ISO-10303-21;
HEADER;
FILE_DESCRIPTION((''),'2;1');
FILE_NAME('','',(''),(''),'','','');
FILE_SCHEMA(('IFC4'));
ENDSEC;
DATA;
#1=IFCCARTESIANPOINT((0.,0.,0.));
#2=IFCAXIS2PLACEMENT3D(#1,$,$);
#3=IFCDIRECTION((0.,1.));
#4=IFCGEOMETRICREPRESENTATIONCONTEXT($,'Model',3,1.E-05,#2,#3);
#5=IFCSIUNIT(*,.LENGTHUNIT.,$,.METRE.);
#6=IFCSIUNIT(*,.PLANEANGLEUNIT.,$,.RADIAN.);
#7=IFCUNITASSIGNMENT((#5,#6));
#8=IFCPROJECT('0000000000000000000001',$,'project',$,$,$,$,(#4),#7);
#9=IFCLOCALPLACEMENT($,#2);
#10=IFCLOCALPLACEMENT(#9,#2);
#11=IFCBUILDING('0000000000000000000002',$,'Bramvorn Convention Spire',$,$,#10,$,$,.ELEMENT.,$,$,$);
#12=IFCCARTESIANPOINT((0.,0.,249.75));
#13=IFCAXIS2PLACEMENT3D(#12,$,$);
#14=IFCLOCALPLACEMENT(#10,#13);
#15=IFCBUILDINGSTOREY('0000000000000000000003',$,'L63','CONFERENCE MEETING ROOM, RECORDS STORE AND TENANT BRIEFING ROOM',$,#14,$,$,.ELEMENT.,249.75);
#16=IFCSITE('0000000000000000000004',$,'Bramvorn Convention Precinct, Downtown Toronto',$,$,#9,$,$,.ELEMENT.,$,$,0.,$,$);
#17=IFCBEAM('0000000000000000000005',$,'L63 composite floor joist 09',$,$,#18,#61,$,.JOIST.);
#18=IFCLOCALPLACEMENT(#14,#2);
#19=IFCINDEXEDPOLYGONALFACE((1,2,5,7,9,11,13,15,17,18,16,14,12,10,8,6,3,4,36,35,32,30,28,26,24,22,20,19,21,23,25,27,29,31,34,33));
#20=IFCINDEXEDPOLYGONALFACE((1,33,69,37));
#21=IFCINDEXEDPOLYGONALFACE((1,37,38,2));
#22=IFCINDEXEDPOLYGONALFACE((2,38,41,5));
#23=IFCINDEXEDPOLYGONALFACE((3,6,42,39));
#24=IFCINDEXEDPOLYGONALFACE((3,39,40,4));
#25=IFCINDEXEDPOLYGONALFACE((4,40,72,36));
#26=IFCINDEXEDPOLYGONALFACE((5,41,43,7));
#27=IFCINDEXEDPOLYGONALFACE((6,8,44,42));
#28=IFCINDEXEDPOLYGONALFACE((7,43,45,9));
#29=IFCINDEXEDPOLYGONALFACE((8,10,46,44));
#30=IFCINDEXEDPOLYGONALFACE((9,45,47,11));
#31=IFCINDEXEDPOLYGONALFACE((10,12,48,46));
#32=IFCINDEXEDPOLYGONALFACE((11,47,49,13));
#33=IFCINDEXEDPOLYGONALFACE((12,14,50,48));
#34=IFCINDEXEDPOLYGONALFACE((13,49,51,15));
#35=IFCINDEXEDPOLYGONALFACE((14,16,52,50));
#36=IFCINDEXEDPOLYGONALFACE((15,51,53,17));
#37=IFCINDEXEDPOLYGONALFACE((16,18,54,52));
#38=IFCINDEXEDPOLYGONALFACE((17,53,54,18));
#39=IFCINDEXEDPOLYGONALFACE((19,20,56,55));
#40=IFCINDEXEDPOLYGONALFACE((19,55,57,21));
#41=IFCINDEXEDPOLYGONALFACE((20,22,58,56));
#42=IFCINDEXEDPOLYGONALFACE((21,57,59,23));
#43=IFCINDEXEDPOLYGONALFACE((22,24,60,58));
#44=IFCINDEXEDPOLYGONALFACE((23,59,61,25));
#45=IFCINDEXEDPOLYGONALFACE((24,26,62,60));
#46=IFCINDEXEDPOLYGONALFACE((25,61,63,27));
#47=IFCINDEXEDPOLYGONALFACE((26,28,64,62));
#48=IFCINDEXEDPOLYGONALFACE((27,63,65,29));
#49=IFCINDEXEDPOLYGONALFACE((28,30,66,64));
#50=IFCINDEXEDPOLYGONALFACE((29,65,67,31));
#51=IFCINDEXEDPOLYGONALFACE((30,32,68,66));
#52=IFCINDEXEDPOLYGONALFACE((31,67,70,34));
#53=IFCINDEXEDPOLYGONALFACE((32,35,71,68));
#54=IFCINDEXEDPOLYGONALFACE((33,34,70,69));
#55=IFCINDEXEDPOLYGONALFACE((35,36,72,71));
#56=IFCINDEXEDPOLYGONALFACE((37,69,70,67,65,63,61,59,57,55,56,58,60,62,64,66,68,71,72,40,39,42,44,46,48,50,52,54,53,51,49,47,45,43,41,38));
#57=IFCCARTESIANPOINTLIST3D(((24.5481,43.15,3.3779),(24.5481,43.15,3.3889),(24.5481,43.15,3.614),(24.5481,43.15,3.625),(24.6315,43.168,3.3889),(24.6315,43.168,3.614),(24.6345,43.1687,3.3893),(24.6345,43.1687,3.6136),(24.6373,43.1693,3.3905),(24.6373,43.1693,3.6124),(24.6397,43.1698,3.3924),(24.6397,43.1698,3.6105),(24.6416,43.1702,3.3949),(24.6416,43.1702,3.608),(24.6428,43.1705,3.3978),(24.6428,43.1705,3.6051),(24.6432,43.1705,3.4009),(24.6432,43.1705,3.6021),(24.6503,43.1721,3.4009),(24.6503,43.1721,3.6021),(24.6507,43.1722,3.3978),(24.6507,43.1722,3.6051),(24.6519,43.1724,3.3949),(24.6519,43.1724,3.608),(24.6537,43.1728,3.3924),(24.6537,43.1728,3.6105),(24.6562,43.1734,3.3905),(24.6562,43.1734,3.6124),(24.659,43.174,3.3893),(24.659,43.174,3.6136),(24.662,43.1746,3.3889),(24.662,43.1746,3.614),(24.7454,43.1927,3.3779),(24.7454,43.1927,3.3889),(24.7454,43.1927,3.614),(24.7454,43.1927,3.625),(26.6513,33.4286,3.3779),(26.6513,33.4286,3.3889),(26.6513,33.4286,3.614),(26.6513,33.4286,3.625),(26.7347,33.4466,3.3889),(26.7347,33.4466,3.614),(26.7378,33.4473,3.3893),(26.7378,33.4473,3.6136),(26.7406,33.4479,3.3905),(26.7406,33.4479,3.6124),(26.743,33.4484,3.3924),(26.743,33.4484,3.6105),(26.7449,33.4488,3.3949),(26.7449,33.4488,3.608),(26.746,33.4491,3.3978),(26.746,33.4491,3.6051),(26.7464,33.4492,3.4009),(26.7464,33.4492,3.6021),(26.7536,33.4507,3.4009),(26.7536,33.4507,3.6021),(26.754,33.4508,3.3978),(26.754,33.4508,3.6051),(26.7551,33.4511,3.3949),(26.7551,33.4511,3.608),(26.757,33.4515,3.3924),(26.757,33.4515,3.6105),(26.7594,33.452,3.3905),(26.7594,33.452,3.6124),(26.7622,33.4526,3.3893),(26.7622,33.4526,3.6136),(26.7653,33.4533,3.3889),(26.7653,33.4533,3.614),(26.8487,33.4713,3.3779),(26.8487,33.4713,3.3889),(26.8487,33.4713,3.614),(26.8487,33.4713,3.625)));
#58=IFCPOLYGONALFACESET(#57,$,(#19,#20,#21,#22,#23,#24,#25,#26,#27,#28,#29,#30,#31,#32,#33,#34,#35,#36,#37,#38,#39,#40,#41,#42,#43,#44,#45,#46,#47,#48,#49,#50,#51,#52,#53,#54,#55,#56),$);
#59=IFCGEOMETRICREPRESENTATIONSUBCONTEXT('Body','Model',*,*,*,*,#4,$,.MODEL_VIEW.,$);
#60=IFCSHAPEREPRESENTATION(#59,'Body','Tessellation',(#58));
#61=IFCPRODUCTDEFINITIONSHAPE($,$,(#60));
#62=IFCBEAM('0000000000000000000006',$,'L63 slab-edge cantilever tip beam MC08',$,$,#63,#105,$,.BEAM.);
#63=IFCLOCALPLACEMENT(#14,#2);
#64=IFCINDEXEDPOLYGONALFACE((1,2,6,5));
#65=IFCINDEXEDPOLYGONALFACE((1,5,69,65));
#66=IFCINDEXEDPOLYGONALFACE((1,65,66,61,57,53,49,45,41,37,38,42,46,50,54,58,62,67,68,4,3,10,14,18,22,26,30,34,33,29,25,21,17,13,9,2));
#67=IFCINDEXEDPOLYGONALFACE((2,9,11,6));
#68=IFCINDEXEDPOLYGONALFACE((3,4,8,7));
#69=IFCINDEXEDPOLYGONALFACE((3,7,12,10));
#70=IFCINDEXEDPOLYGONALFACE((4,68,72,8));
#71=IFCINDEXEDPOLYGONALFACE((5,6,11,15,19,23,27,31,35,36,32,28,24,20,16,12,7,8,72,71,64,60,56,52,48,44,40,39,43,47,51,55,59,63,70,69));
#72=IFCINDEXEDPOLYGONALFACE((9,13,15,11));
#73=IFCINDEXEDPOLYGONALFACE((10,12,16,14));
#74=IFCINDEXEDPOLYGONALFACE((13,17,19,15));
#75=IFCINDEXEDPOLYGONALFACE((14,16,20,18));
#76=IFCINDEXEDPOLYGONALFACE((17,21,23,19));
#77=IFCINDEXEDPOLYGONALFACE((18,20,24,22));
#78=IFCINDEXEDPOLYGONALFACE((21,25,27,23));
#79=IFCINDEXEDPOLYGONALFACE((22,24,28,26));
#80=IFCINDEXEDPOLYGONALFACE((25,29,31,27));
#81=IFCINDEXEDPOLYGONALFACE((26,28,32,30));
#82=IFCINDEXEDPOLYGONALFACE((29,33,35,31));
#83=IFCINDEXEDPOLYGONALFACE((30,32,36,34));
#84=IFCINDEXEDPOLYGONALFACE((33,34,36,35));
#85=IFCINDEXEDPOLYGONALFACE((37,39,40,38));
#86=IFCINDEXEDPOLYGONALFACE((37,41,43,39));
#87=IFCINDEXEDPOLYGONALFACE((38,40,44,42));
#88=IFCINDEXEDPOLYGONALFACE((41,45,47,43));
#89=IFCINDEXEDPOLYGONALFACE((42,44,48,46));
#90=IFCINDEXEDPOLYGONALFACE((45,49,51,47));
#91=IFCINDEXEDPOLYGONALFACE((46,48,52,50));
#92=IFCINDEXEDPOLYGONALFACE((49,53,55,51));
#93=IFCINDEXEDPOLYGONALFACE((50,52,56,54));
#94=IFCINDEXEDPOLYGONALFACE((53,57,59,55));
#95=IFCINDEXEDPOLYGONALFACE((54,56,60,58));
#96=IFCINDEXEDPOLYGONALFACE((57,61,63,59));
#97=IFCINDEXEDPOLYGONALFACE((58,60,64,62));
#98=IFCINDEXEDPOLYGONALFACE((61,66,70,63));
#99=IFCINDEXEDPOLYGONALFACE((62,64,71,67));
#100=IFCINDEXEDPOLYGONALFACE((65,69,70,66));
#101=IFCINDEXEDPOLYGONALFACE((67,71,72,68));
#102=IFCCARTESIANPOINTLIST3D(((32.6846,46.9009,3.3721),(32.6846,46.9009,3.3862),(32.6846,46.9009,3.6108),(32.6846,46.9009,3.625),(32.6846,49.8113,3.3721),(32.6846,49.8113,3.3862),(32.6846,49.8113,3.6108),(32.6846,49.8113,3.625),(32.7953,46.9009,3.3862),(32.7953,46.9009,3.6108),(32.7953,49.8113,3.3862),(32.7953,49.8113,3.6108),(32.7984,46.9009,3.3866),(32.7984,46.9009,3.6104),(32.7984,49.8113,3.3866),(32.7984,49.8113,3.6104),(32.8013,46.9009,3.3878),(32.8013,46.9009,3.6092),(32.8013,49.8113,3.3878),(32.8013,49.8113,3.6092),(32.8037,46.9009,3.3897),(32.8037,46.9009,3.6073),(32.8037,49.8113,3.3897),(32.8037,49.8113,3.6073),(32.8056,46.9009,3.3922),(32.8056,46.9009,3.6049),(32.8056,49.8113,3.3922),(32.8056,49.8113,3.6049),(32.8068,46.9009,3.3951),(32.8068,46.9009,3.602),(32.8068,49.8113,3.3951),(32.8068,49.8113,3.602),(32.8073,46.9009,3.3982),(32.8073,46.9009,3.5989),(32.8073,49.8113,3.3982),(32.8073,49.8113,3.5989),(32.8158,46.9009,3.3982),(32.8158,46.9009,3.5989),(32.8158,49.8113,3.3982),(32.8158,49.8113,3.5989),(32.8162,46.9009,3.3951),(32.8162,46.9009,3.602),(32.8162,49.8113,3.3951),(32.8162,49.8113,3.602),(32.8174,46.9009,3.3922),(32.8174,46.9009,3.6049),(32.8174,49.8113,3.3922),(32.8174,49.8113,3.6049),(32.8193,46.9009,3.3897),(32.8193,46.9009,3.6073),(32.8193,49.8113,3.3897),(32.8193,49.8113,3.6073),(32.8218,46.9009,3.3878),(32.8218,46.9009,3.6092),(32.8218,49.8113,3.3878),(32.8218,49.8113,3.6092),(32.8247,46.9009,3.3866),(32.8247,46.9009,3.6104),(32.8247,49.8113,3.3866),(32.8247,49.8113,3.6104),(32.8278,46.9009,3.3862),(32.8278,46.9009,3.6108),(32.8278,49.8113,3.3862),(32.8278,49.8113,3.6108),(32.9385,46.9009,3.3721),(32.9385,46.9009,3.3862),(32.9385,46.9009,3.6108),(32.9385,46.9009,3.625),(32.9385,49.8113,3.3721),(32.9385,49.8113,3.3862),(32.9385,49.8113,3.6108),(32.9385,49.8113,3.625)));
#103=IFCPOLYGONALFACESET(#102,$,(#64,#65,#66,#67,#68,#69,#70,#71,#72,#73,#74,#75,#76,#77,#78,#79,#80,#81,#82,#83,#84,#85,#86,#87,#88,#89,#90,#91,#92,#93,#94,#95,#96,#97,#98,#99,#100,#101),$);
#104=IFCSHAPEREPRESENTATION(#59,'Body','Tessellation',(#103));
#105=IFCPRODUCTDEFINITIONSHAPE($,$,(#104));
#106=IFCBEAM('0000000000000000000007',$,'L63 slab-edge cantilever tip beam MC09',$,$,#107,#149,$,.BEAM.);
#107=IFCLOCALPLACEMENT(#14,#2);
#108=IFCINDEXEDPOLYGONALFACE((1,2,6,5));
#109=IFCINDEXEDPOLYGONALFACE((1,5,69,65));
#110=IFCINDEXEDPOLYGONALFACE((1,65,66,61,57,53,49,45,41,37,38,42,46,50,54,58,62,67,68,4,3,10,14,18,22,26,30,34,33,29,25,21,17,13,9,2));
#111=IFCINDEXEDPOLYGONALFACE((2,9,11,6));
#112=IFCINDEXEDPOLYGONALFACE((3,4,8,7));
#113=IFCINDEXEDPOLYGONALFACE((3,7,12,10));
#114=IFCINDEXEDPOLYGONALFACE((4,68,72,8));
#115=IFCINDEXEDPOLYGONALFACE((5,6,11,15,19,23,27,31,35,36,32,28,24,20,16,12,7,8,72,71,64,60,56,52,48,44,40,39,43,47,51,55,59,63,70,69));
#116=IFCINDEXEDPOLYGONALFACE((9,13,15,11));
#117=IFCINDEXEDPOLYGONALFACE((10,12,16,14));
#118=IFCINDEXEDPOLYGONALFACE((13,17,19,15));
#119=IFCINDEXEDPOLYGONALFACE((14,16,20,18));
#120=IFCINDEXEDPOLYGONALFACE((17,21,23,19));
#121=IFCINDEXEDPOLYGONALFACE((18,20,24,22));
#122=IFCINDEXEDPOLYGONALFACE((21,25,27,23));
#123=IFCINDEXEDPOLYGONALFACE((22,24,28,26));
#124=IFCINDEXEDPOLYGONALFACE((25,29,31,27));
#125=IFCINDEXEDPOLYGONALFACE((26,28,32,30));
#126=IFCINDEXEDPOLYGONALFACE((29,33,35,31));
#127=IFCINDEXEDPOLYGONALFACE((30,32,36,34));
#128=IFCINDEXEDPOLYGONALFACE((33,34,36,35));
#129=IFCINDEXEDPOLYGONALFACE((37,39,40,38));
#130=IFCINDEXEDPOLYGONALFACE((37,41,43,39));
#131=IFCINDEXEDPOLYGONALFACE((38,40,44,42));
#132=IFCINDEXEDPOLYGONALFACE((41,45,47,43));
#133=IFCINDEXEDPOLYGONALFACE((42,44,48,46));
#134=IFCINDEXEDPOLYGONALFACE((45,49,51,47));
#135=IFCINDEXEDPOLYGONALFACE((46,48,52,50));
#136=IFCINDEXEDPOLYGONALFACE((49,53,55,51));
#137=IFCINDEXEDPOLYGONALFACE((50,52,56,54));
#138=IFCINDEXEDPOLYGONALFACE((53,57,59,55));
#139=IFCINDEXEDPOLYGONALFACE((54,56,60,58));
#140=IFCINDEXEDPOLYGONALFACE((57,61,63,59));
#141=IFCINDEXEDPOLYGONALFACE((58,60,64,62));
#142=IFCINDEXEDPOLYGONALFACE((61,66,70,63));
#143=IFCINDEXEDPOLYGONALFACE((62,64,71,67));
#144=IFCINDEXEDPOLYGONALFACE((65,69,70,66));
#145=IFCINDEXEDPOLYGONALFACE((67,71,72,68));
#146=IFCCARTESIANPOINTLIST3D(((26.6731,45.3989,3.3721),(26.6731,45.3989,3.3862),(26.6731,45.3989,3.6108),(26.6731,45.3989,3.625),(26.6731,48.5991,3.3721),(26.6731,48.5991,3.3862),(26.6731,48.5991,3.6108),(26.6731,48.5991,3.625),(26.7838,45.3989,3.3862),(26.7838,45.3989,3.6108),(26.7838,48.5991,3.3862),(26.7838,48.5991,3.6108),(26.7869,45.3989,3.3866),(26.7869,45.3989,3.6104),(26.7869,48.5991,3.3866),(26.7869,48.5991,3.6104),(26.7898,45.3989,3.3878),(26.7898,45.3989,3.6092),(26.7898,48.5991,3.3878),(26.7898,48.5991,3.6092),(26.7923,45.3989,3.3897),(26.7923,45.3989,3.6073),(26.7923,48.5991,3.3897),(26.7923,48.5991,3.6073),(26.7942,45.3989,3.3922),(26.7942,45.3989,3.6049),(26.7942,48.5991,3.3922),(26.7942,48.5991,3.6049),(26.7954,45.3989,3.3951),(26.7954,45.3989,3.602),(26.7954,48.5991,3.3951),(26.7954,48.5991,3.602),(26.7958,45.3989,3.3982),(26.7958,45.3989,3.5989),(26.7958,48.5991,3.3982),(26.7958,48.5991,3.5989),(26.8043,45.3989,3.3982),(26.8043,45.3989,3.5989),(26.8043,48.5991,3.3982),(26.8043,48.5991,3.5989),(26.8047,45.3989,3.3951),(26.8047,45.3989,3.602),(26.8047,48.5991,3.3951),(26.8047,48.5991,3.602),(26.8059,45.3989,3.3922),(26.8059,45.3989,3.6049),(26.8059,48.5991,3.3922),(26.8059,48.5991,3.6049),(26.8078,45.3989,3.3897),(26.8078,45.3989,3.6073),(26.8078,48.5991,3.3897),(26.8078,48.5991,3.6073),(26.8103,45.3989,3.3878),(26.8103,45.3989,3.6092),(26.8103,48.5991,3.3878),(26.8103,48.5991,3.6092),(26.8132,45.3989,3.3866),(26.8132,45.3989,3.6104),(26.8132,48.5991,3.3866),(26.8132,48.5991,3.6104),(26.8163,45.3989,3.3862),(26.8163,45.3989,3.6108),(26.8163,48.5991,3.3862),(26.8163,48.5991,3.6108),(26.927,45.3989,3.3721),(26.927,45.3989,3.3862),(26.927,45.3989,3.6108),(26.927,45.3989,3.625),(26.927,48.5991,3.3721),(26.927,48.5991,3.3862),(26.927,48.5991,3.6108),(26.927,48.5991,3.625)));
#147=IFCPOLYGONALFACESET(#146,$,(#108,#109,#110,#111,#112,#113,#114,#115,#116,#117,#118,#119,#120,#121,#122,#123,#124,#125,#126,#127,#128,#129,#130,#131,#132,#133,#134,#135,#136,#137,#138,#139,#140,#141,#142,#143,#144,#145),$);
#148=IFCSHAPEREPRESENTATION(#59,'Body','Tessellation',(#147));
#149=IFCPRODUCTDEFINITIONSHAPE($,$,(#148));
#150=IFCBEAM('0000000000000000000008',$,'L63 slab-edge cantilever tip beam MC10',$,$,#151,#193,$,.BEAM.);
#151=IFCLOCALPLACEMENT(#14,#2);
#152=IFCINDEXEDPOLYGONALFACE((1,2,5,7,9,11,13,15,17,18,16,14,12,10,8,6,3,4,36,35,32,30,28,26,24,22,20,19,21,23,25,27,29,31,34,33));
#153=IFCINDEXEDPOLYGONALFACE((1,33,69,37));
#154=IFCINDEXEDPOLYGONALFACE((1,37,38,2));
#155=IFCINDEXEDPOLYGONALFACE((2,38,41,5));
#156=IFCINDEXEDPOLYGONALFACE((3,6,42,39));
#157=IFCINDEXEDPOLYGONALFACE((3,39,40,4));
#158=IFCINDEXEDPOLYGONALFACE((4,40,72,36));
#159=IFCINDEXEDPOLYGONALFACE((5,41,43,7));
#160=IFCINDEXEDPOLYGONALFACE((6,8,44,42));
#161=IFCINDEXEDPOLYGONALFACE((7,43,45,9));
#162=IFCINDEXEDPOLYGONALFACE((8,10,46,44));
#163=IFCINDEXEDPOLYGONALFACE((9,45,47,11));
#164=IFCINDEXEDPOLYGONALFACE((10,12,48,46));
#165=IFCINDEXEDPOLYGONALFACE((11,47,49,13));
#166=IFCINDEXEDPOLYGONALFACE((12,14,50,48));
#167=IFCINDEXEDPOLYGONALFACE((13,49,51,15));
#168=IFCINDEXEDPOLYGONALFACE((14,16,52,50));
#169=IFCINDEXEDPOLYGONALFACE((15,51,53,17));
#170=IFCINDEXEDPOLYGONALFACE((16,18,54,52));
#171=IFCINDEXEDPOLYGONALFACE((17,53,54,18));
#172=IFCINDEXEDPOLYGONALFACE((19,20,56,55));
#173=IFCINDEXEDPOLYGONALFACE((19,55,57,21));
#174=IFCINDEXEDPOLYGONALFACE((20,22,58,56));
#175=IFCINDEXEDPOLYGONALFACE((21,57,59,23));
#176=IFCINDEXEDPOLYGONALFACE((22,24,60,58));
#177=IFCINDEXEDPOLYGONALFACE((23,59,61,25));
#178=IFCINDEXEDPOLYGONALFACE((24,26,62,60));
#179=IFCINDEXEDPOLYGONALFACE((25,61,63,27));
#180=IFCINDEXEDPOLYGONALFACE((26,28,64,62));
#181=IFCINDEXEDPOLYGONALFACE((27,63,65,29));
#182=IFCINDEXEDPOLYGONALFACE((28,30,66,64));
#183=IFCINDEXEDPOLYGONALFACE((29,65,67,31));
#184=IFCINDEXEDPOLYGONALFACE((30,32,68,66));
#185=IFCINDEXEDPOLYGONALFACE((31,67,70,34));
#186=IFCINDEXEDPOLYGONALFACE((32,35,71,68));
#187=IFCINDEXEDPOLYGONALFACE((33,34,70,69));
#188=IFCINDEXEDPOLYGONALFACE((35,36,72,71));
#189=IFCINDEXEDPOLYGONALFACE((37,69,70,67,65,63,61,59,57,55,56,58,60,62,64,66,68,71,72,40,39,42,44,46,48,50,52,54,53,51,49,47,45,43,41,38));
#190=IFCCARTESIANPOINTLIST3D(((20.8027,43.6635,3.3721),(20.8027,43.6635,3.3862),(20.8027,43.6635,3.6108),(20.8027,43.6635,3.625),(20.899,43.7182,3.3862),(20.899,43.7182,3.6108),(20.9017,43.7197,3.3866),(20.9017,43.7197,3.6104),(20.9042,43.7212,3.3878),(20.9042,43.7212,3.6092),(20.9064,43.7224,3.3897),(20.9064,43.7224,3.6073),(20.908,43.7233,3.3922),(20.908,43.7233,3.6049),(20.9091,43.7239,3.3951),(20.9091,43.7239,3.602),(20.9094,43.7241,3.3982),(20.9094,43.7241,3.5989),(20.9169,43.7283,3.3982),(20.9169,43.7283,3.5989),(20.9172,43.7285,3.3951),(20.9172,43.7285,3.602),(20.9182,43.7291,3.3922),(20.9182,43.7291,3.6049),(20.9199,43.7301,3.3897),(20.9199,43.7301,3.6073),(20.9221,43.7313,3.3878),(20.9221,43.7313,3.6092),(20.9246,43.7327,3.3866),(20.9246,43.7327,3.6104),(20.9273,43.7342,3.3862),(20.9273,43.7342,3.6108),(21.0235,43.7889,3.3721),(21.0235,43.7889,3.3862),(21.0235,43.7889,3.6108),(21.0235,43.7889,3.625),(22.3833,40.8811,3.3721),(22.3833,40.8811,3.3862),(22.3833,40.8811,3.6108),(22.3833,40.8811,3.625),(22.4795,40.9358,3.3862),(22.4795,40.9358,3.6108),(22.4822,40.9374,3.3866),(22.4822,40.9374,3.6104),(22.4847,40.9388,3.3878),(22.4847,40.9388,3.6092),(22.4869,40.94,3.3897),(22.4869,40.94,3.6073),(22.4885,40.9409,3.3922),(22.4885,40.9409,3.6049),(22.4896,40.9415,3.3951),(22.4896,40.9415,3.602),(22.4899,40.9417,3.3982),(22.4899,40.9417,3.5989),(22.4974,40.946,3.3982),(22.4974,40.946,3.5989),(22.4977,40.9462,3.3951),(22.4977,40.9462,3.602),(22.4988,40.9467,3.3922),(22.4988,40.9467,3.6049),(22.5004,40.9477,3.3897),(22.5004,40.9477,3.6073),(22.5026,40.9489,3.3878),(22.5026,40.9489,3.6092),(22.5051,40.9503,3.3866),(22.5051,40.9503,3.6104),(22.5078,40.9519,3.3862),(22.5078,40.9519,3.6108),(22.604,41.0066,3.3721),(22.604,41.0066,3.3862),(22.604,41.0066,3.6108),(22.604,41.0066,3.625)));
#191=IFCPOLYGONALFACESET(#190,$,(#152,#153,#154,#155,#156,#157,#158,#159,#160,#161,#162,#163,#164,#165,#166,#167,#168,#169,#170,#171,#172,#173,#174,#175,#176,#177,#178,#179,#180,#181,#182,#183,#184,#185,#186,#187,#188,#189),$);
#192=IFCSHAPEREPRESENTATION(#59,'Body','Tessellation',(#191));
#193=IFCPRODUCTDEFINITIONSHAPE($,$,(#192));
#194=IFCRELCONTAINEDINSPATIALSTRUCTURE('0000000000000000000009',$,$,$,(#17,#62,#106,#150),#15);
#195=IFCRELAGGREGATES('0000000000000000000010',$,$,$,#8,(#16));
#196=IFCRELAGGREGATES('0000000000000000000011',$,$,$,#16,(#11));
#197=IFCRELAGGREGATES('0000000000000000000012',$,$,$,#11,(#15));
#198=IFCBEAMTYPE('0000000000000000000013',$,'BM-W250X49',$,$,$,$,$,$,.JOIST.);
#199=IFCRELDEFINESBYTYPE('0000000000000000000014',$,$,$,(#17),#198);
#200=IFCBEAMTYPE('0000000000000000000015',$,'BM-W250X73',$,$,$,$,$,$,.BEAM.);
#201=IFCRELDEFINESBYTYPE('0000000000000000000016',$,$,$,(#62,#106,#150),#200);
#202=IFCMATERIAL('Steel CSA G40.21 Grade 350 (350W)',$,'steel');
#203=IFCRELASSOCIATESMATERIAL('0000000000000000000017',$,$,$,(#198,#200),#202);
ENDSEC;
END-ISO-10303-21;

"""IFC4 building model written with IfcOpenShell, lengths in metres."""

from ifc_helpers import new_model, si_unit, direction, frame, origin, origin_2d, place, context, subcontext, project, spatial, i_section, extrude, material, material_profile, profile_set, type_object, element, save


model = new_model("IFC4")

# Units and contexts
model_context = context("Model", 3, precision=1e-05, world=origin(), true_north=direction((0.0, 1.0)))
body_context = subcontext(model_context, "Body", "Model", "MODEL_VIEW")
ifc_project = project(units=[si_unit("LENGTHUNIT", "METRE"), si_unit("PLANEANGLEUNIT", "RADIAN")], contexts=[model_context])

# Site, building, storey
site_placement = place(None, origin())
site = spatial("IfcSite", under=ifc_project, at=site_placement, Name="Bramvorn Convention Precinct, Downtown Toronto", CompositionType="ELEMENT", RefElevation=0.0)
building_placement = place(site_placement, origin())
building = spatial("IfcBuilding", under=site, at=building_placement, Name="Bramvorn Convention Spire", CompositionType="ELEMENT")
storey_placement = place(building_placement, frame((0.0, 0.0, 249.75)))
storey = spatial("IfcBuildingStorey", under=building, at=storey_placement, Name="L63", Description="CONFERENCE MEETING ROOM, RECORDS STORE AND TENANT BRIEFING ROOM", CompositionType="ELEMENT", Elevation=249.75)

# Shared definitions
ifc_material_1 = material(Name="Steel CSA G40.21 Grade 350 (350W)", Category="steel")

# Beams
ifc_material_profile_1 = material_profile(ifc_material_1, i_section(OverallWidth=0.2019, OverallDepth=0.2471, WebThickness=0.0073, FlangeThickness=0.011, FilletRadius=0.012, at=origin_2d()))
ifc_profile_set_1 = profile_set([ifc_material_profile_1], Name="Steel CSA G40.21 Grade 350 (350W) - W250X49")
beam_type_1 = type_object("IfcBeamType", Name="BM-W250X49", PredefinedType="JOIST", material=ifc_profile_set_1)
beam_1_placement = place(storey_placement, frame((26.75, 33.45, 3.5015), z_axis=(-0.211461, 0.977386, 0.0), x_axis=(-0.977386, -0.211461, 0.0)))
element("IfcBeam", 1, at=beam_1_placement, inside=storey, type_object=beam_type_1, Name="L63 composite floor joist 09", PredefinedType="JOIST", context=body_context, shape_type="SweptSolid", body=[
    extrude(i_section(OverallWidth=0.2019, OverallDepth=0.2471, WebThickness=0.0073, FlangeThickness=0.011, FilletRadius=0.012, at=origin_2d()), origin(), (0.0, 0.0, 1.0), 9.9463),
])
ifc_material_profile_2 = material_profile(ifc_material_1, i_section(OverallWidth=0.2539, OverallDepth=0.2529, WebThickness=0.0085, FlangeThickness=0.0142, FilletRadius=0.012, at=origin_2d()))
ifc_profile_set_2 = profile_set([ifc_material_profile_2], Name="Steel CSA G40.21 Grade 350 (350W) - W250X73")
beam_type_2 = type_object("IfcBeamType", Name="BM-W250X73", PredefinedType="BEAM", material=ifc_profile_set_2)
beam_2_placement = place(storey_placement, frame((32.8115, 46.9009, 3.4985), z_axis=(0.0, 1.0, 0.0), x_axis=(-1.0, 0.0, 0.0)))
element("IfcBeam", 2, at=beam_2_placement, inside=storey, type_object=beam_type_2, Name="L63 slab-edge cantilever tip beam MC08", PredefinedType="BEAM", context=body_context, shape_type="SweptSolid", body=[
    extrude(i_section(OverallWidth=0.2539, OverallDepth=0.2529, WebThickness=0.0085, FlangeThickness=0.0142, FilletRadius=0.012, at=origin_2d()), origin(), (0.0, 0.0, 1.0), 2.9104),
])
beam_3_placement = place(storey_placement, frame((26.8, 45.3989, 3.4985), z_axis=(0.0, 1.0, 0.0), x_axis=(-1.0, 0.0, 0.0)))
element("IfcBeam", 3, at=beam_3_placement, inside=storey, type_object=beam_type_2, Name="L63 slab-edge cantilever tip beam MC09", PredefinedType="BEAM", context=body_context, shape_type="SweptSolid", body=[
    extrude(i_section(OverallWidth=0.2539, OverallDepth=0.2529, WebThickness=0.0085, FlangeThickness=0.0142, FilletRadius=0.012, at=origin_2d()), origin(), (0.0, 0.0, 1.0), 3.2002),
])
beam_4_placement = place(storey_placement, frame((22.4937, 40.9438, 3.4985), z_axis=(-0.493919, 0.869508, 0.0), x_axis=(-0.869508, -0.493919, 0.0)))
element("IfcBeam", 4, at=beam_4_placement, inside=storey, type_object=beam_type_2, Name="L63 slab-edge cantilever tip beam MC10", PredefinedType="BEAM", context=body_context, shape_type="SweptSolid", body=[
    extrude(i_section(OverallWidth=0.2539, OverallDepth=0.2529, WebThickness=0.0085, FlangeThickness=0.0142, FilletRadius=0.012, at=origin_2d()), origin(), (0.0, 0.0, 1.0), 3.2),
])

save(model, "model.ifc")
